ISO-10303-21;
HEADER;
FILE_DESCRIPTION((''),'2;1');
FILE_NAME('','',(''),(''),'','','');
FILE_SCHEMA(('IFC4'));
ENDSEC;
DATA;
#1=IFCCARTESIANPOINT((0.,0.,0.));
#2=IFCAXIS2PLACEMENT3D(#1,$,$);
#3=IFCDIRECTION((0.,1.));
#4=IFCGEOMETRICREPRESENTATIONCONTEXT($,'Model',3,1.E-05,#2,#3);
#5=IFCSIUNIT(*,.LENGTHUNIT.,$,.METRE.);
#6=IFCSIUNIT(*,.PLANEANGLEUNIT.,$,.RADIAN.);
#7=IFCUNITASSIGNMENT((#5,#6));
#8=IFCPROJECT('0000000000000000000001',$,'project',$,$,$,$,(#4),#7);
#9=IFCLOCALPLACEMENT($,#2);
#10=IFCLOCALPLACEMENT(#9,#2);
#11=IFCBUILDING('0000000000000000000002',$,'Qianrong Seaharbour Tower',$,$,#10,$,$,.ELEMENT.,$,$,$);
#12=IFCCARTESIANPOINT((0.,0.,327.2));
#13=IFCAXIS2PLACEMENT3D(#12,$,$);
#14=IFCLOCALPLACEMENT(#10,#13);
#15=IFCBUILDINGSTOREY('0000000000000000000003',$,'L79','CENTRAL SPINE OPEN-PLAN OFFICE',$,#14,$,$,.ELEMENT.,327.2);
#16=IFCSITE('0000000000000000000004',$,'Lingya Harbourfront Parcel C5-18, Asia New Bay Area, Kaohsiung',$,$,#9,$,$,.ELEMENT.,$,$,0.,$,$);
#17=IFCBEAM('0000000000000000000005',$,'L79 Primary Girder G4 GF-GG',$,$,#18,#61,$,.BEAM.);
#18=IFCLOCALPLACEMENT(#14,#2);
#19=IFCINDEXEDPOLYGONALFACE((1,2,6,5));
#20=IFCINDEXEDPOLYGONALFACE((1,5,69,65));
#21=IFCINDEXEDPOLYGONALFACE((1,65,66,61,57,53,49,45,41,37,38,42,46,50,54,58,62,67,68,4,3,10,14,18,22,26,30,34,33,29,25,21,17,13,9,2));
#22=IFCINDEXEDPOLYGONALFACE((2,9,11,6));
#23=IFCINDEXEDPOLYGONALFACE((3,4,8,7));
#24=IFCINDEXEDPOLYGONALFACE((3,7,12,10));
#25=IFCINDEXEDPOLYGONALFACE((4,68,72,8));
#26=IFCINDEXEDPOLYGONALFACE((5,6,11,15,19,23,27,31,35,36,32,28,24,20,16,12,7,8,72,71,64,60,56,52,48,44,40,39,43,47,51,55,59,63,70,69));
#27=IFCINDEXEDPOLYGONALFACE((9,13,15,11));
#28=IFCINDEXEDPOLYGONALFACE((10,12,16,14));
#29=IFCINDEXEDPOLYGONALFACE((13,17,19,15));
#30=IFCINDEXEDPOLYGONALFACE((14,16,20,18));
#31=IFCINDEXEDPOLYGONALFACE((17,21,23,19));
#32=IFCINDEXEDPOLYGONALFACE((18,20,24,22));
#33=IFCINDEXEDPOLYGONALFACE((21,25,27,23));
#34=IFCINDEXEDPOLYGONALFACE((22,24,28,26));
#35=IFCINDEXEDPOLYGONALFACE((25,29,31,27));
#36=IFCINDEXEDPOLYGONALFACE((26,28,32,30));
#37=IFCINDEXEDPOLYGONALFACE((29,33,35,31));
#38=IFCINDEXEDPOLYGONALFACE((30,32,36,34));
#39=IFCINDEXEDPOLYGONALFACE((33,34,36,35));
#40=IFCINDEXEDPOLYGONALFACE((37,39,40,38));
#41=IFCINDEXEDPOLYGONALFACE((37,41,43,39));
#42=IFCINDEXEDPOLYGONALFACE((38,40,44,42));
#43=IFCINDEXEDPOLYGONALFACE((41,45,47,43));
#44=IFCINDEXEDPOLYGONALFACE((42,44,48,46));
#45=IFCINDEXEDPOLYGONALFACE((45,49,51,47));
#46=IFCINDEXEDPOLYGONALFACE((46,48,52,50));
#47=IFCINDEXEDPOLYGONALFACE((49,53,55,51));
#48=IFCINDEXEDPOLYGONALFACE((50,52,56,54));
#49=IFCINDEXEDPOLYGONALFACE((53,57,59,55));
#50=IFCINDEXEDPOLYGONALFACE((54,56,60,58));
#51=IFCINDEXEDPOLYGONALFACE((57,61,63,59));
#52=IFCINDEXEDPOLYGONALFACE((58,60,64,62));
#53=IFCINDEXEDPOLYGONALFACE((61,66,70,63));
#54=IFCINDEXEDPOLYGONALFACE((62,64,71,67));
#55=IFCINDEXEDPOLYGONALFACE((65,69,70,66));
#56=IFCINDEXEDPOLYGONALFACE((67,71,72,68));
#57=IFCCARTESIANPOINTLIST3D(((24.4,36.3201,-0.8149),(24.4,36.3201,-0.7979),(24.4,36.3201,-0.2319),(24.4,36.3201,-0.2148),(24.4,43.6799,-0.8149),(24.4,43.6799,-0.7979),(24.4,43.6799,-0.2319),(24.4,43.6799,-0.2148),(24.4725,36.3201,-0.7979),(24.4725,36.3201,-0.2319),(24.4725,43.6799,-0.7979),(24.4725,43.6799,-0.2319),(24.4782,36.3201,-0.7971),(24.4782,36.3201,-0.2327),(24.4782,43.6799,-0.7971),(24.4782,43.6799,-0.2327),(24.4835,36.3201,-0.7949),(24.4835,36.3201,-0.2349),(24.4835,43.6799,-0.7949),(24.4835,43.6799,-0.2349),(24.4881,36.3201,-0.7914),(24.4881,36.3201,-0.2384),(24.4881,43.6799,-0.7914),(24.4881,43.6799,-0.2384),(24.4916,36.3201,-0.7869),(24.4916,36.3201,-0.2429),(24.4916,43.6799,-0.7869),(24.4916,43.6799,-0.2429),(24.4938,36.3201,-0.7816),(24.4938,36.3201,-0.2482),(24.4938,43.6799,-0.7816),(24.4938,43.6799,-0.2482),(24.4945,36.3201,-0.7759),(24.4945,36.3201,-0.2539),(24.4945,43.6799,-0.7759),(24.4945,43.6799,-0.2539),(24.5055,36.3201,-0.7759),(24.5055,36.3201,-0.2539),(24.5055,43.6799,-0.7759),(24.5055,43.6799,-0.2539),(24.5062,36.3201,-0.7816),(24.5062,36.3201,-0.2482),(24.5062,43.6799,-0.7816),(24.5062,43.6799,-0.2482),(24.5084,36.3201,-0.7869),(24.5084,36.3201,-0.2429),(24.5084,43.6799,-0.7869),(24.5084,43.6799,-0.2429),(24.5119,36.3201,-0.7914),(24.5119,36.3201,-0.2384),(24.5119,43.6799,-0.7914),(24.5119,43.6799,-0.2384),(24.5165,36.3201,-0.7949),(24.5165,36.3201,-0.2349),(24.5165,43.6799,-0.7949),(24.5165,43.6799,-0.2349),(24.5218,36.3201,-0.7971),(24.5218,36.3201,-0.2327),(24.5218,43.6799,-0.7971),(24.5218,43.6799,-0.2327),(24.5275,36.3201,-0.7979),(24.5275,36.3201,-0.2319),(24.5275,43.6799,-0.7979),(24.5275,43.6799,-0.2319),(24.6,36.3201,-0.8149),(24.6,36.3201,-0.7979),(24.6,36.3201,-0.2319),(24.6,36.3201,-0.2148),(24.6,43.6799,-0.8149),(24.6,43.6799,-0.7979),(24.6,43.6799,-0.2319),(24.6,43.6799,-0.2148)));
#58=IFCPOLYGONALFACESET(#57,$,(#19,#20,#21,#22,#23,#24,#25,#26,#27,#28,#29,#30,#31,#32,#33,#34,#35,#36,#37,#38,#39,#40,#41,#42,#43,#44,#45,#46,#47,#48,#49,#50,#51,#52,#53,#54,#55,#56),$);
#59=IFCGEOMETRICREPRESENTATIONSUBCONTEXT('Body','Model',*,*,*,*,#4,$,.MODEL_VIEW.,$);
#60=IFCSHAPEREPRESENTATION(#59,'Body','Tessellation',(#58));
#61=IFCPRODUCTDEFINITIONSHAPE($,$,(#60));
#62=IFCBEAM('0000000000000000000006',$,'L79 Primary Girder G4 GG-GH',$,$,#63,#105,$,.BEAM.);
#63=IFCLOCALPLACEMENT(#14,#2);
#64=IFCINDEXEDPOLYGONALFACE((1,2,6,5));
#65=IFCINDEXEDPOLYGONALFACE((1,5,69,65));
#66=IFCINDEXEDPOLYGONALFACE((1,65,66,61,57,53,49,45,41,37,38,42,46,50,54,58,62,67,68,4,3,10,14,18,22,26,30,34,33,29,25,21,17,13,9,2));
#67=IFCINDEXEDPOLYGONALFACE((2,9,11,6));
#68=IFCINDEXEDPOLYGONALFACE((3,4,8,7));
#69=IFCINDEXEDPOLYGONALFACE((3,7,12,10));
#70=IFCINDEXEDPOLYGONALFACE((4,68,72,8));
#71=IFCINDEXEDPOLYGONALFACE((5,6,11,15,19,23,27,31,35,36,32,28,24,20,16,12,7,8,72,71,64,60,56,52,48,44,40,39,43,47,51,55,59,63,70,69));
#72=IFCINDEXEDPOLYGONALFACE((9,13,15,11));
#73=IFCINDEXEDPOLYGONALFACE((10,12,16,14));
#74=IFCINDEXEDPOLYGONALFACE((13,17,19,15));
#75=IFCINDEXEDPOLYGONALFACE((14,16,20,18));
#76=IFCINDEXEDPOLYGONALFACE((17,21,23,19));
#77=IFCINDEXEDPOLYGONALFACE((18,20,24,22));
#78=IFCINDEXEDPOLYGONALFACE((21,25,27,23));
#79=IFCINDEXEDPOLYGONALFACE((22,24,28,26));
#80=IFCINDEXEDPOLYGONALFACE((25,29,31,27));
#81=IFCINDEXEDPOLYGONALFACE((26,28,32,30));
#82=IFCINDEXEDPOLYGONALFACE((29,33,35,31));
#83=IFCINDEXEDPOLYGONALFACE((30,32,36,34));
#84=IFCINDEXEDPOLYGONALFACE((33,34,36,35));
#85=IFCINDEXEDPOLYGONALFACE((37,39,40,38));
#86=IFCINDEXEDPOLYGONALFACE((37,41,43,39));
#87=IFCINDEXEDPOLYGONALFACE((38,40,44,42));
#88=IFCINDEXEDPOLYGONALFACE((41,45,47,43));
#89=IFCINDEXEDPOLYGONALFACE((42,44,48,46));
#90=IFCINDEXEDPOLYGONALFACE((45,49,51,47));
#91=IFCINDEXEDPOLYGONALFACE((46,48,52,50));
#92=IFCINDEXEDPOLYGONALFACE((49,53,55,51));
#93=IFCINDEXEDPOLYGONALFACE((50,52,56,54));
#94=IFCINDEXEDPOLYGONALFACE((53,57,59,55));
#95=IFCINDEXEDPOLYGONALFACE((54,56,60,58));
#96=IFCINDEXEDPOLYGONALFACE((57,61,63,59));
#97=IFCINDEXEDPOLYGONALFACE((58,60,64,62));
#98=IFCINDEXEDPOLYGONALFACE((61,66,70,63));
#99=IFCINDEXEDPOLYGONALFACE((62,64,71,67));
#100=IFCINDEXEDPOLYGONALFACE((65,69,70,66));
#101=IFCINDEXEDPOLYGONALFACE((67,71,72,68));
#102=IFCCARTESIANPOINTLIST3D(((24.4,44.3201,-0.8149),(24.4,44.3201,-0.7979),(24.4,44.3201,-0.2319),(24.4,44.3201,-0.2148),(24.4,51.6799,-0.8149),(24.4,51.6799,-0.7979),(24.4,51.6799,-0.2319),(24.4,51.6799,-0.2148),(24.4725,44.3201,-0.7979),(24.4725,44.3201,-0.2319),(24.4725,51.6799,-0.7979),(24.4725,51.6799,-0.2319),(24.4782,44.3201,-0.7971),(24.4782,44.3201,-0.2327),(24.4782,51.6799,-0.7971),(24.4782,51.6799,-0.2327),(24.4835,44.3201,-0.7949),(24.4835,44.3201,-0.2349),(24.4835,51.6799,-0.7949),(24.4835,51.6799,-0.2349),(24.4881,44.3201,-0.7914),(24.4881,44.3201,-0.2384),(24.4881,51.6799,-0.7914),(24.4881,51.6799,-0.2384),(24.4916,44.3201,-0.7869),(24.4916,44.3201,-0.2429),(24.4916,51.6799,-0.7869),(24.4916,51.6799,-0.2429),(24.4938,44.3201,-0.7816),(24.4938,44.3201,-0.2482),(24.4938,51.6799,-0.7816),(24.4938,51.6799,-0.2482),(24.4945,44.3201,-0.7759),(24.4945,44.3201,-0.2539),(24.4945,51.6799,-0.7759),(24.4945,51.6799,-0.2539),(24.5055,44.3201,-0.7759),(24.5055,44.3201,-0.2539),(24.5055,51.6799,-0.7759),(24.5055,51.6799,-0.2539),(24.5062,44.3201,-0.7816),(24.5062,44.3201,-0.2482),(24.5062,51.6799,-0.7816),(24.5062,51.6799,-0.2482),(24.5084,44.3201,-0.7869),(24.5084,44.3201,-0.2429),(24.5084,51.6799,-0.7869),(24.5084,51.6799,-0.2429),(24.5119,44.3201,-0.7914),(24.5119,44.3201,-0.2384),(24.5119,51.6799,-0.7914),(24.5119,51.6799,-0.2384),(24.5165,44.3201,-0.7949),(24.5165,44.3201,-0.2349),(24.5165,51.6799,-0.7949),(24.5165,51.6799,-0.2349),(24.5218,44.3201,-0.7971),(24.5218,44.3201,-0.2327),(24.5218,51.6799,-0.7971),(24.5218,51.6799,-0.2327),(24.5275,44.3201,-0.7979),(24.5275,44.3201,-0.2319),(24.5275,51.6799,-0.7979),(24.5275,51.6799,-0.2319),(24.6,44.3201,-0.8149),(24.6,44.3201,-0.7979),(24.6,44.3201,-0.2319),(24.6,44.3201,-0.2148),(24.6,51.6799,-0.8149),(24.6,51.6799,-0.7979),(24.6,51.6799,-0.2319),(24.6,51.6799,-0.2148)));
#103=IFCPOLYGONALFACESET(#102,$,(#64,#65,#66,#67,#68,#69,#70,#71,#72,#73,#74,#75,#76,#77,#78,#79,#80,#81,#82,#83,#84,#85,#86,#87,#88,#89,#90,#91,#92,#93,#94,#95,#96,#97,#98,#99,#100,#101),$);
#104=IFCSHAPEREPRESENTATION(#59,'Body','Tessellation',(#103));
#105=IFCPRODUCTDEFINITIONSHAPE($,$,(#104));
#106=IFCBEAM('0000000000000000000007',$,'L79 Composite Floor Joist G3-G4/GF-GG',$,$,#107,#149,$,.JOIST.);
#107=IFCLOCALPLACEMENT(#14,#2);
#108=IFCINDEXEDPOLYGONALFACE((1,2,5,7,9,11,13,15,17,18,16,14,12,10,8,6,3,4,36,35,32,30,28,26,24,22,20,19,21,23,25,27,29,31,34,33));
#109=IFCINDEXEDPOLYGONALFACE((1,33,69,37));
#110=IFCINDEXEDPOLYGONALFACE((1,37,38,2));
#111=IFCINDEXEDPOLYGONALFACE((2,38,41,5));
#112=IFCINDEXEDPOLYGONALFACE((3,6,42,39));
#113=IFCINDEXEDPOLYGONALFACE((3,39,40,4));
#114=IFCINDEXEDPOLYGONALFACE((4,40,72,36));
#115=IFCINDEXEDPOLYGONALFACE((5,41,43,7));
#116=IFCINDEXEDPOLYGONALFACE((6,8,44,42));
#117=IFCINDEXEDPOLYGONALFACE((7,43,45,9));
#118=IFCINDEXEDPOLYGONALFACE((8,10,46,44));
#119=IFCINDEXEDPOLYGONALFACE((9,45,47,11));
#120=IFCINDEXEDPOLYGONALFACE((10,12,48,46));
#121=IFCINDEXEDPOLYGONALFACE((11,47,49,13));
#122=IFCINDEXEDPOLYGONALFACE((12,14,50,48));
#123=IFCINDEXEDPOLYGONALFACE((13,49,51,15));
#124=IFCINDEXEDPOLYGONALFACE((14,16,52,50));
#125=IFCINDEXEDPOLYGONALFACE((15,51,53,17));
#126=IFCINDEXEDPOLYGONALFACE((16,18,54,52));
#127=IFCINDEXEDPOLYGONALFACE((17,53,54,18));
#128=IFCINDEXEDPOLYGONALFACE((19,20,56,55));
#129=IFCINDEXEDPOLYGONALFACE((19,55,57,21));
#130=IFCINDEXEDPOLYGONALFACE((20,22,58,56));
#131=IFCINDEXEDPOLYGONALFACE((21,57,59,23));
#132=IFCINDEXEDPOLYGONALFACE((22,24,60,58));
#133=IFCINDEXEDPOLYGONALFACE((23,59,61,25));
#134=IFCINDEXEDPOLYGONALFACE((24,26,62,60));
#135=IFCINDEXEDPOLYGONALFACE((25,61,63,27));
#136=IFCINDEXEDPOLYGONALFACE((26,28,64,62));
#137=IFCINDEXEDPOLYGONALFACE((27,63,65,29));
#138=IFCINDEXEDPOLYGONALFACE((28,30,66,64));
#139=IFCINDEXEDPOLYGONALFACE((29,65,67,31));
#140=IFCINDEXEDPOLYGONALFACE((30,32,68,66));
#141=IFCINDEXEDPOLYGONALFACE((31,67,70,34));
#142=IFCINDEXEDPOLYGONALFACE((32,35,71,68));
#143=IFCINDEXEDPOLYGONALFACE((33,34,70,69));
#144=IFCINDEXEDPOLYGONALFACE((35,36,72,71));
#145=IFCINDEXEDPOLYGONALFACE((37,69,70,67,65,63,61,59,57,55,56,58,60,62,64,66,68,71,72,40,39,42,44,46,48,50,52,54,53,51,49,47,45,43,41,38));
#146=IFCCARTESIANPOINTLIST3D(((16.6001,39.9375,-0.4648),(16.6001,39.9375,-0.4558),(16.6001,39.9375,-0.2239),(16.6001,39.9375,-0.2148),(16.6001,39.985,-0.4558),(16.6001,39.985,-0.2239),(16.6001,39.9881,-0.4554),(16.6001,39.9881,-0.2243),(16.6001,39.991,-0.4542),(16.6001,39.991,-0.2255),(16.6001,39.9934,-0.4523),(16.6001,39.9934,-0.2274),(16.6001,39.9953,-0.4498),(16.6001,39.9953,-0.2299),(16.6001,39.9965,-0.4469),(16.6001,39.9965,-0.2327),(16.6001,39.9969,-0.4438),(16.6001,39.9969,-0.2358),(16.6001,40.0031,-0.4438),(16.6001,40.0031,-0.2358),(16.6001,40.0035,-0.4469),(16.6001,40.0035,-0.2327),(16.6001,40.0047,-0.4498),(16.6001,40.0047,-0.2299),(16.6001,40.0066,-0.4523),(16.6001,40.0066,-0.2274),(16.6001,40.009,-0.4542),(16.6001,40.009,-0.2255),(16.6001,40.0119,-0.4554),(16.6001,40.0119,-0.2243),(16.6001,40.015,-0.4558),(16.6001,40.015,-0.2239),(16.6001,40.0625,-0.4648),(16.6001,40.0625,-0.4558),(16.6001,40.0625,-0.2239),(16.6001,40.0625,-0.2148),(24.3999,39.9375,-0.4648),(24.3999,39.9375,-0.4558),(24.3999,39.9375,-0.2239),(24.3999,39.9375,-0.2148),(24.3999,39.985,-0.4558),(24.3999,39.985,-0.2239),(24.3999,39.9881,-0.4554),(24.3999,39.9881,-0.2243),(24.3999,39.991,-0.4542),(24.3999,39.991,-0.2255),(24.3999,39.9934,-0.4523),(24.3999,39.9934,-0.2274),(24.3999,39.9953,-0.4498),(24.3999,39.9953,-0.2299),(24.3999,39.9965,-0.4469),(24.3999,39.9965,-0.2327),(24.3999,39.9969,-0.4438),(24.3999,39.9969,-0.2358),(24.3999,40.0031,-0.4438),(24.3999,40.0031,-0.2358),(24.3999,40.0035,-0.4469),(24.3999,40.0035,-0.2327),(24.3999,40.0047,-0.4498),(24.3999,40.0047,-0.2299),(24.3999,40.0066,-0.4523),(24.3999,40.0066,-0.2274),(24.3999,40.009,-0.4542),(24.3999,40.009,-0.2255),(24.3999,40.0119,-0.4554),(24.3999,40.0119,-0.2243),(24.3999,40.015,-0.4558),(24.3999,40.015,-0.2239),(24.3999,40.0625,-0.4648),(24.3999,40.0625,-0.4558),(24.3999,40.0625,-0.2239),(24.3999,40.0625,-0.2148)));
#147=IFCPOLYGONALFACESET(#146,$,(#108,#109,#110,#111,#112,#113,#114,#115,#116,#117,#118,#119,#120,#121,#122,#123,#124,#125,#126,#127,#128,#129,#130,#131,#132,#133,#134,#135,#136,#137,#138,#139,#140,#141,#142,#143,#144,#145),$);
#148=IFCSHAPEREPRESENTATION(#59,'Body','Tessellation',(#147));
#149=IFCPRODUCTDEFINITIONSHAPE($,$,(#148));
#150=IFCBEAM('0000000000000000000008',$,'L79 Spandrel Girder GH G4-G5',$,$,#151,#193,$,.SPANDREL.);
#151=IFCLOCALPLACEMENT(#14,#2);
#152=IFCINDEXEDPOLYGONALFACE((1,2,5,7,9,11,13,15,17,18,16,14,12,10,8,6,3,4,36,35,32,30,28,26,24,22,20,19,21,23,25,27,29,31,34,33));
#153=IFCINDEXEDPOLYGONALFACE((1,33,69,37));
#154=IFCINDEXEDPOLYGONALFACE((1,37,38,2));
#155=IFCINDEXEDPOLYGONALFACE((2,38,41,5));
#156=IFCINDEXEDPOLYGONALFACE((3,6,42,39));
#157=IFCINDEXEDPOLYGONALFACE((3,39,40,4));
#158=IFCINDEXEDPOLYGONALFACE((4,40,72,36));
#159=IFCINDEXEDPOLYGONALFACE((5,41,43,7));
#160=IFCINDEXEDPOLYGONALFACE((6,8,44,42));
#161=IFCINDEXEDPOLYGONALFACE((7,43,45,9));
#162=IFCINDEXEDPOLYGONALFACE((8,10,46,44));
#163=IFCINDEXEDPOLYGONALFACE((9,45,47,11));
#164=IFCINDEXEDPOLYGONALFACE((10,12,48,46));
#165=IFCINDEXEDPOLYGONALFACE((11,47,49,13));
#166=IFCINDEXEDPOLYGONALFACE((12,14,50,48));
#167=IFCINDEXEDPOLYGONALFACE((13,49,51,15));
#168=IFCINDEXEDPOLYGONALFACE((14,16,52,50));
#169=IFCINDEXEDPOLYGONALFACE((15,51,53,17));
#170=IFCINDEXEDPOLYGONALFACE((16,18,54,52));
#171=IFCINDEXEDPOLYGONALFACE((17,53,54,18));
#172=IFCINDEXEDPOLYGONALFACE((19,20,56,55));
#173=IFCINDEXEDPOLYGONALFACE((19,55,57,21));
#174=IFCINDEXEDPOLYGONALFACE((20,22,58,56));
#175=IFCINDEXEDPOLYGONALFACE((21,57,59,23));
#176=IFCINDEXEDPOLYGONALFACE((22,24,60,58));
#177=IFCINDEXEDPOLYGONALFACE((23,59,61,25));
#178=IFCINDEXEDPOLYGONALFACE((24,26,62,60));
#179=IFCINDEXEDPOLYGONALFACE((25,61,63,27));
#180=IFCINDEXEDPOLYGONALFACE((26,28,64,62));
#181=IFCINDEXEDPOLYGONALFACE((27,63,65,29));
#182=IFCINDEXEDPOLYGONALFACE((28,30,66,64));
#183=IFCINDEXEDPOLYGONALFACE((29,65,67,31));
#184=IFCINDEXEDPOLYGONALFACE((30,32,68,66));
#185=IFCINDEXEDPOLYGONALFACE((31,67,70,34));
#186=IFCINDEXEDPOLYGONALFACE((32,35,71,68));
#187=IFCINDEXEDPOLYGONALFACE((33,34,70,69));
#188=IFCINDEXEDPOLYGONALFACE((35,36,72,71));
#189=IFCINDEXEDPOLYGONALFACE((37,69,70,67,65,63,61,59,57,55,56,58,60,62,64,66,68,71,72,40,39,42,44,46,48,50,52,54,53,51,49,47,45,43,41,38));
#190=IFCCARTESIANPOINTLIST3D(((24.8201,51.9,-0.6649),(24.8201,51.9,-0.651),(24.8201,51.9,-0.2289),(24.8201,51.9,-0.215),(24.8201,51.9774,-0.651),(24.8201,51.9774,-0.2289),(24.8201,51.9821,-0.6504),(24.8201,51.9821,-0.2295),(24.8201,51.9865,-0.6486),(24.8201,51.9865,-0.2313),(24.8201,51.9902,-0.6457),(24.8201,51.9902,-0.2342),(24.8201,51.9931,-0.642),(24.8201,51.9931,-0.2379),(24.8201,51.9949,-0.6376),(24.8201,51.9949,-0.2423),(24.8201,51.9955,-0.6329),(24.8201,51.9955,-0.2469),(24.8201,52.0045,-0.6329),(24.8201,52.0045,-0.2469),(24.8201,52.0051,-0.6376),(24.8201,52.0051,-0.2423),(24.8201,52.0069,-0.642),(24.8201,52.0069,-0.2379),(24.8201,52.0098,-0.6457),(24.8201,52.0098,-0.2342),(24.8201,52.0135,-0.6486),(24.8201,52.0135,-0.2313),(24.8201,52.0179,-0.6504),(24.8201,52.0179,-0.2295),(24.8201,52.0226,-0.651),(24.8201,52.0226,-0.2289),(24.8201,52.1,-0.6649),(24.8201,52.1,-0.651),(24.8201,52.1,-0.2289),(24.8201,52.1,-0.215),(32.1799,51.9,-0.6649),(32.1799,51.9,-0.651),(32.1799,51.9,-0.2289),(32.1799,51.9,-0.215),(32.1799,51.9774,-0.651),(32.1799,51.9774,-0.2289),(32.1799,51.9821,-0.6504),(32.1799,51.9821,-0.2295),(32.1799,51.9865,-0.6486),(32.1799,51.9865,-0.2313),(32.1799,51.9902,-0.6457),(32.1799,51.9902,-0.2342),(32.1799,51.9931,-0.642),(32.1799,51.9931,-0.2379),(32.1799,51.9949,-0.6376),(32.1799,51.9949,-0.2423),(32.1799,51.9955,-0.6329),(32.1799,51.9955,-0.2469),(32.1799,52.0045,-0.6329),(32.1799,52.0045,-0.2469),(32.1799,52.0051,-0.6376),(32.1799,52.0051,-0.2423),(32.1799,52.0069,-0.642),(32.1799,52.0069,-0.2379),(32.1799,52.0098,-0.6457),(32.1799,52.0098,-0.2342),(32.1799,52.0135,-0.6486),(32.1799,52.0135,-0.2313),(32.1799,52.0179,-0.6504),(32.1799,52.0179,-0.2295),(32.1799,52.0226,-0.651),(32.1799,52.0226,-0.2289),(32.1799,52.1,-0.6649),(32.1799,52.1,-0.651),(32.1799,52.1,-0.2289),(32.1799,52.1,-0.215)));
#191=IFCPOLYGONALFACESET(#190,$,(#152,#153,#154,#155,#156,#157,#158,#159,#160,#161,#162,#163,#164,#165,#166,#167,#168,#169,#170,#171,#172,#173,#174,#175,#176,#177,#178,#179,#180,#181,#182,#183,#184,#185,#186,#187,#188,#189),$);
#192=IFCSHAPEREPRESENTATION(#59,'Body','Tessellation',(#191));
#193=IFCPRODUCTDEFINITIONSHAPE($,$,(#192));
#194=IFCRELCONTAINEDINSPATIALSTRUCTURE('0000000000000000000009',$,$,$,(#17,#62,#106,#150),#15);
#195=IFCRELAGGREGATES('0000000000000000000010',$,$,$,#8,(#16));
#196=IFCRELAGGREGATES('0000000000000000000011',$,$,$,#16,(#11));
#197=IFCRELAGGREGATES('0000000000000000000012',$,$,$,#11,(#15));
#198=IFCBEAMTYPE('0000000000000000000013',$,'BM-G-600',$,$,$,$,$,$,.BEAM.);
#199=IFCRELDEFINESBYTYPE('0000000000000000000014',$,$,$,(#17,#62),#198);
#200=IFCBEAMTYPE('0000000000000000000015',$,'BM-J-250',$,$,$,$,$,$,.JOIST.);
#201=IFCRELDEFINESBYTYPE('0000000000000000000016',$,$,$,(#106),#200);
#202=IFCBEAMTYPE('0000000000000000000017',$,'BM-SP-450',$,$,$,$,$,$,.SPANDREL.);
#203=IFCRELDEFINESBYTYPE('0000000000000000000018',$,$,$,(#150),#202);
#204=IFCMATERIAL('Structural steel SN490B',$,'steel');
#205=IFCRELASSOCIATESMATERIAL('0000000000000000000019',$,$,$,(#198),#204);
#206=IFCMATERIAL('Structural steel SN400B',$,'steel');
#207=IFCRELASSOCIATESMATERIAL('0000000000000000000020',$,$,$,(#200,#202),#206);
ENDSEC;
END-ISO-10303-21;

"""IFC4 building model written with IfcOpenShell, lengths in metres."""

from ifc_helpers import new_model, si_unit, direction, frame, origin, origin_2d, place, context, subcontext, project, spatial, i_section, extrude, material, material_profile, profile_set, type_object, element, save


model = new_model("IFC4")

# Units and contexts
model_context = context("Model", 3, precision=1e-05, world=origin(), true_north=direction((0.0, 1.0)))
body_context = subcontext(model_context, "Body", "Model", "MODEL_VIEW")
ifc_project = project(units=[si_unit("LENGTHUNIT", "METRE"), si_unit("PLANEANGLEUNIT", "RADIAN")], contexts=[model_context])

# Site, building, storey
site_placement = place(None, origin())
site = spatial("IfcSite", under=ifc_project, at=site_placement, Name="Lingya Harbourfront Parcel C5-18, Asia New Bay Area, Kaohsiung", CompositionType="ELEMENT", RefElevation=0.0)
building_placement = place(site_placement, origin())
building = spatial("IfcBuilding", under=site, at=building_placement, Name="Qianrong Seaharbour Tower", CompositionType="ELEMENT")
storey_placement = place(building_placement, frame((0.0, 0.0, 327.2)))
storey = spatial("IfcBuildingStorey", under=building, at=storey_placement, Name="L79", Description="CENTRAL SPINE OPEN-PLAN OFFICE", CompositionType="ELEMENT", Elevation=327.2)

# Shared definitions
ifc_material_1 = material(Name="Structural steel SN490B", Category="steel")
ifc_material_2 = material(Name="Structural steel SN400B", Category="steel")

# Beams
ifc_material_profile_1 = material_profile(ifc_material_1, i_section(OverallWidth=0.2, OverallDepth=0.6001, WebThickness=0.011, FlangeThickness=0.0171, FilletRadius=0.022, at=origin_2d()), Name="H600x200x11x17")
ifc_profile_set_1 = profile_set([ifc_material_profile_1], Name="Structural steel SN490B")
beam_type_1 = type_object("IfcBeamType", Name="BM-G-600", PredefinedType="BEAM", material=ifc_profile_set_1)
for number, where, z_axis, x_axis, name in (
    (1, (24.5, 36.3201, -0.5149), (0.0, 1.0, 0.0), (-1.0, 0.0, 0.0), "L79 Primary Girder G4 GF-GG"),
    (2, (24.5, 44.3201, -0.5149), (0.0, 1.0, 0.0), (-1.0, 0.0, 0.0), "L79 Primary Girder G4 GG-GH"),
):
    element("IfcBeam", number, at=place(storey_placement, frame(where, z_axis=z_axis, x_axis=x_axis)), inside=storey, type_object=beam_type_1, Name=name, PredefinedType="BEAM", context=body_context, shape_type="SweptSolid", body=[
        extrude(i_section(OverallWidth=0.2, OverallDepth=0.6001, WebThickness=0.011, FlangeThickness=0.0171, FilletRadius=0.022, at=origin_2d()), origin(), (0.0, 0.0, 1.0), 7.3599),
    ])
ifc_material_profile_2 = material_profile(ifc_material_2, i_section(OverallWidth=0.125, OverallDepth=0.25, WebThickness=0.0061, FlangeThickness=0.009, FilletRadius=0.012, at=origin_2d()), Name="H250x125x6x9")
ifc_profile_set_2 = profile_set([ifc_material_profile_2], Name="Structural steel SN400B")
beam_type_2 = type_object("IfcBeamType", Name="BM-J-250", PredefinedType="JOIST", material=ifc_profile_set_2)
beam_1_placement = place(storey_placement, frame((16.6001, 40.0, -0.3398), z_axis=(1.0, 0.0, 0.0), x_axis=(0.0, 1.0, 0.0)))
element("IfcBeam", 3, at=beam_1_placement, inside=storey, type_object=beam_type_2, Name="L79 Composite Floor Joist G3-G4/GF-GG", PredefinedType="JOIST", context=body_context, shape_type="SweptSolid", body=[
    extrude(i_section(OverallWidth=0.125, OverallDepth=0.25, WebThickness=0.0061, FlangeThickness=0.009, FilletRadius=0.012, at=origin_2d()), origin(), (0.0, 0.0, 1.0), 7.7998),
])
ifc_material_profile_3 = material_profile(ifc_material_2, i_section(OverallWidth=0.2, OverallDepth=0.45, WebThickness=0.009, FlangeThickness=0.0139, FilletRadius=0.0181, at=origin_2d()), Name="H450x200x9x14")
ifc_profile_set_3 = profile_set([ifc_material_profile_3], Name="Structural steel SN400B")
beam_type_3 = type_object("IfcBeamType", Name="BM-SP-450", PredefinedType="SPANDREL", material=ifc_profile_set_3)
for number, where, z_axis, x_axis, name in (
    (4, (24.8201, 52.0, -0.4399), (1.0, 0.0, 0.0), (0.0, 1.0, 0.0), "L79 Spandrel Girder GH G4-G5"),
):
    element("IfcBeam", number, at=place(storey_placement, frame(where, z_axis=z_axis, x_axis=x_axis)), inside=storey, type_object=beam_type_3, Name=name, PredefinedType="SPANDREL", context=body_context, shape_type="SweptSolid", body=[
        extrude(i_section(OverallWidth=0.2, OverallDepth=0.45, WebThickness=0.009, FlangeThickness=0.0139, FilletRadius=0.0181, at=origin_2d()), origin(), (0.0, 0.0, 1.0), 7.3599),
    ])

save(model, "model.ifc")
